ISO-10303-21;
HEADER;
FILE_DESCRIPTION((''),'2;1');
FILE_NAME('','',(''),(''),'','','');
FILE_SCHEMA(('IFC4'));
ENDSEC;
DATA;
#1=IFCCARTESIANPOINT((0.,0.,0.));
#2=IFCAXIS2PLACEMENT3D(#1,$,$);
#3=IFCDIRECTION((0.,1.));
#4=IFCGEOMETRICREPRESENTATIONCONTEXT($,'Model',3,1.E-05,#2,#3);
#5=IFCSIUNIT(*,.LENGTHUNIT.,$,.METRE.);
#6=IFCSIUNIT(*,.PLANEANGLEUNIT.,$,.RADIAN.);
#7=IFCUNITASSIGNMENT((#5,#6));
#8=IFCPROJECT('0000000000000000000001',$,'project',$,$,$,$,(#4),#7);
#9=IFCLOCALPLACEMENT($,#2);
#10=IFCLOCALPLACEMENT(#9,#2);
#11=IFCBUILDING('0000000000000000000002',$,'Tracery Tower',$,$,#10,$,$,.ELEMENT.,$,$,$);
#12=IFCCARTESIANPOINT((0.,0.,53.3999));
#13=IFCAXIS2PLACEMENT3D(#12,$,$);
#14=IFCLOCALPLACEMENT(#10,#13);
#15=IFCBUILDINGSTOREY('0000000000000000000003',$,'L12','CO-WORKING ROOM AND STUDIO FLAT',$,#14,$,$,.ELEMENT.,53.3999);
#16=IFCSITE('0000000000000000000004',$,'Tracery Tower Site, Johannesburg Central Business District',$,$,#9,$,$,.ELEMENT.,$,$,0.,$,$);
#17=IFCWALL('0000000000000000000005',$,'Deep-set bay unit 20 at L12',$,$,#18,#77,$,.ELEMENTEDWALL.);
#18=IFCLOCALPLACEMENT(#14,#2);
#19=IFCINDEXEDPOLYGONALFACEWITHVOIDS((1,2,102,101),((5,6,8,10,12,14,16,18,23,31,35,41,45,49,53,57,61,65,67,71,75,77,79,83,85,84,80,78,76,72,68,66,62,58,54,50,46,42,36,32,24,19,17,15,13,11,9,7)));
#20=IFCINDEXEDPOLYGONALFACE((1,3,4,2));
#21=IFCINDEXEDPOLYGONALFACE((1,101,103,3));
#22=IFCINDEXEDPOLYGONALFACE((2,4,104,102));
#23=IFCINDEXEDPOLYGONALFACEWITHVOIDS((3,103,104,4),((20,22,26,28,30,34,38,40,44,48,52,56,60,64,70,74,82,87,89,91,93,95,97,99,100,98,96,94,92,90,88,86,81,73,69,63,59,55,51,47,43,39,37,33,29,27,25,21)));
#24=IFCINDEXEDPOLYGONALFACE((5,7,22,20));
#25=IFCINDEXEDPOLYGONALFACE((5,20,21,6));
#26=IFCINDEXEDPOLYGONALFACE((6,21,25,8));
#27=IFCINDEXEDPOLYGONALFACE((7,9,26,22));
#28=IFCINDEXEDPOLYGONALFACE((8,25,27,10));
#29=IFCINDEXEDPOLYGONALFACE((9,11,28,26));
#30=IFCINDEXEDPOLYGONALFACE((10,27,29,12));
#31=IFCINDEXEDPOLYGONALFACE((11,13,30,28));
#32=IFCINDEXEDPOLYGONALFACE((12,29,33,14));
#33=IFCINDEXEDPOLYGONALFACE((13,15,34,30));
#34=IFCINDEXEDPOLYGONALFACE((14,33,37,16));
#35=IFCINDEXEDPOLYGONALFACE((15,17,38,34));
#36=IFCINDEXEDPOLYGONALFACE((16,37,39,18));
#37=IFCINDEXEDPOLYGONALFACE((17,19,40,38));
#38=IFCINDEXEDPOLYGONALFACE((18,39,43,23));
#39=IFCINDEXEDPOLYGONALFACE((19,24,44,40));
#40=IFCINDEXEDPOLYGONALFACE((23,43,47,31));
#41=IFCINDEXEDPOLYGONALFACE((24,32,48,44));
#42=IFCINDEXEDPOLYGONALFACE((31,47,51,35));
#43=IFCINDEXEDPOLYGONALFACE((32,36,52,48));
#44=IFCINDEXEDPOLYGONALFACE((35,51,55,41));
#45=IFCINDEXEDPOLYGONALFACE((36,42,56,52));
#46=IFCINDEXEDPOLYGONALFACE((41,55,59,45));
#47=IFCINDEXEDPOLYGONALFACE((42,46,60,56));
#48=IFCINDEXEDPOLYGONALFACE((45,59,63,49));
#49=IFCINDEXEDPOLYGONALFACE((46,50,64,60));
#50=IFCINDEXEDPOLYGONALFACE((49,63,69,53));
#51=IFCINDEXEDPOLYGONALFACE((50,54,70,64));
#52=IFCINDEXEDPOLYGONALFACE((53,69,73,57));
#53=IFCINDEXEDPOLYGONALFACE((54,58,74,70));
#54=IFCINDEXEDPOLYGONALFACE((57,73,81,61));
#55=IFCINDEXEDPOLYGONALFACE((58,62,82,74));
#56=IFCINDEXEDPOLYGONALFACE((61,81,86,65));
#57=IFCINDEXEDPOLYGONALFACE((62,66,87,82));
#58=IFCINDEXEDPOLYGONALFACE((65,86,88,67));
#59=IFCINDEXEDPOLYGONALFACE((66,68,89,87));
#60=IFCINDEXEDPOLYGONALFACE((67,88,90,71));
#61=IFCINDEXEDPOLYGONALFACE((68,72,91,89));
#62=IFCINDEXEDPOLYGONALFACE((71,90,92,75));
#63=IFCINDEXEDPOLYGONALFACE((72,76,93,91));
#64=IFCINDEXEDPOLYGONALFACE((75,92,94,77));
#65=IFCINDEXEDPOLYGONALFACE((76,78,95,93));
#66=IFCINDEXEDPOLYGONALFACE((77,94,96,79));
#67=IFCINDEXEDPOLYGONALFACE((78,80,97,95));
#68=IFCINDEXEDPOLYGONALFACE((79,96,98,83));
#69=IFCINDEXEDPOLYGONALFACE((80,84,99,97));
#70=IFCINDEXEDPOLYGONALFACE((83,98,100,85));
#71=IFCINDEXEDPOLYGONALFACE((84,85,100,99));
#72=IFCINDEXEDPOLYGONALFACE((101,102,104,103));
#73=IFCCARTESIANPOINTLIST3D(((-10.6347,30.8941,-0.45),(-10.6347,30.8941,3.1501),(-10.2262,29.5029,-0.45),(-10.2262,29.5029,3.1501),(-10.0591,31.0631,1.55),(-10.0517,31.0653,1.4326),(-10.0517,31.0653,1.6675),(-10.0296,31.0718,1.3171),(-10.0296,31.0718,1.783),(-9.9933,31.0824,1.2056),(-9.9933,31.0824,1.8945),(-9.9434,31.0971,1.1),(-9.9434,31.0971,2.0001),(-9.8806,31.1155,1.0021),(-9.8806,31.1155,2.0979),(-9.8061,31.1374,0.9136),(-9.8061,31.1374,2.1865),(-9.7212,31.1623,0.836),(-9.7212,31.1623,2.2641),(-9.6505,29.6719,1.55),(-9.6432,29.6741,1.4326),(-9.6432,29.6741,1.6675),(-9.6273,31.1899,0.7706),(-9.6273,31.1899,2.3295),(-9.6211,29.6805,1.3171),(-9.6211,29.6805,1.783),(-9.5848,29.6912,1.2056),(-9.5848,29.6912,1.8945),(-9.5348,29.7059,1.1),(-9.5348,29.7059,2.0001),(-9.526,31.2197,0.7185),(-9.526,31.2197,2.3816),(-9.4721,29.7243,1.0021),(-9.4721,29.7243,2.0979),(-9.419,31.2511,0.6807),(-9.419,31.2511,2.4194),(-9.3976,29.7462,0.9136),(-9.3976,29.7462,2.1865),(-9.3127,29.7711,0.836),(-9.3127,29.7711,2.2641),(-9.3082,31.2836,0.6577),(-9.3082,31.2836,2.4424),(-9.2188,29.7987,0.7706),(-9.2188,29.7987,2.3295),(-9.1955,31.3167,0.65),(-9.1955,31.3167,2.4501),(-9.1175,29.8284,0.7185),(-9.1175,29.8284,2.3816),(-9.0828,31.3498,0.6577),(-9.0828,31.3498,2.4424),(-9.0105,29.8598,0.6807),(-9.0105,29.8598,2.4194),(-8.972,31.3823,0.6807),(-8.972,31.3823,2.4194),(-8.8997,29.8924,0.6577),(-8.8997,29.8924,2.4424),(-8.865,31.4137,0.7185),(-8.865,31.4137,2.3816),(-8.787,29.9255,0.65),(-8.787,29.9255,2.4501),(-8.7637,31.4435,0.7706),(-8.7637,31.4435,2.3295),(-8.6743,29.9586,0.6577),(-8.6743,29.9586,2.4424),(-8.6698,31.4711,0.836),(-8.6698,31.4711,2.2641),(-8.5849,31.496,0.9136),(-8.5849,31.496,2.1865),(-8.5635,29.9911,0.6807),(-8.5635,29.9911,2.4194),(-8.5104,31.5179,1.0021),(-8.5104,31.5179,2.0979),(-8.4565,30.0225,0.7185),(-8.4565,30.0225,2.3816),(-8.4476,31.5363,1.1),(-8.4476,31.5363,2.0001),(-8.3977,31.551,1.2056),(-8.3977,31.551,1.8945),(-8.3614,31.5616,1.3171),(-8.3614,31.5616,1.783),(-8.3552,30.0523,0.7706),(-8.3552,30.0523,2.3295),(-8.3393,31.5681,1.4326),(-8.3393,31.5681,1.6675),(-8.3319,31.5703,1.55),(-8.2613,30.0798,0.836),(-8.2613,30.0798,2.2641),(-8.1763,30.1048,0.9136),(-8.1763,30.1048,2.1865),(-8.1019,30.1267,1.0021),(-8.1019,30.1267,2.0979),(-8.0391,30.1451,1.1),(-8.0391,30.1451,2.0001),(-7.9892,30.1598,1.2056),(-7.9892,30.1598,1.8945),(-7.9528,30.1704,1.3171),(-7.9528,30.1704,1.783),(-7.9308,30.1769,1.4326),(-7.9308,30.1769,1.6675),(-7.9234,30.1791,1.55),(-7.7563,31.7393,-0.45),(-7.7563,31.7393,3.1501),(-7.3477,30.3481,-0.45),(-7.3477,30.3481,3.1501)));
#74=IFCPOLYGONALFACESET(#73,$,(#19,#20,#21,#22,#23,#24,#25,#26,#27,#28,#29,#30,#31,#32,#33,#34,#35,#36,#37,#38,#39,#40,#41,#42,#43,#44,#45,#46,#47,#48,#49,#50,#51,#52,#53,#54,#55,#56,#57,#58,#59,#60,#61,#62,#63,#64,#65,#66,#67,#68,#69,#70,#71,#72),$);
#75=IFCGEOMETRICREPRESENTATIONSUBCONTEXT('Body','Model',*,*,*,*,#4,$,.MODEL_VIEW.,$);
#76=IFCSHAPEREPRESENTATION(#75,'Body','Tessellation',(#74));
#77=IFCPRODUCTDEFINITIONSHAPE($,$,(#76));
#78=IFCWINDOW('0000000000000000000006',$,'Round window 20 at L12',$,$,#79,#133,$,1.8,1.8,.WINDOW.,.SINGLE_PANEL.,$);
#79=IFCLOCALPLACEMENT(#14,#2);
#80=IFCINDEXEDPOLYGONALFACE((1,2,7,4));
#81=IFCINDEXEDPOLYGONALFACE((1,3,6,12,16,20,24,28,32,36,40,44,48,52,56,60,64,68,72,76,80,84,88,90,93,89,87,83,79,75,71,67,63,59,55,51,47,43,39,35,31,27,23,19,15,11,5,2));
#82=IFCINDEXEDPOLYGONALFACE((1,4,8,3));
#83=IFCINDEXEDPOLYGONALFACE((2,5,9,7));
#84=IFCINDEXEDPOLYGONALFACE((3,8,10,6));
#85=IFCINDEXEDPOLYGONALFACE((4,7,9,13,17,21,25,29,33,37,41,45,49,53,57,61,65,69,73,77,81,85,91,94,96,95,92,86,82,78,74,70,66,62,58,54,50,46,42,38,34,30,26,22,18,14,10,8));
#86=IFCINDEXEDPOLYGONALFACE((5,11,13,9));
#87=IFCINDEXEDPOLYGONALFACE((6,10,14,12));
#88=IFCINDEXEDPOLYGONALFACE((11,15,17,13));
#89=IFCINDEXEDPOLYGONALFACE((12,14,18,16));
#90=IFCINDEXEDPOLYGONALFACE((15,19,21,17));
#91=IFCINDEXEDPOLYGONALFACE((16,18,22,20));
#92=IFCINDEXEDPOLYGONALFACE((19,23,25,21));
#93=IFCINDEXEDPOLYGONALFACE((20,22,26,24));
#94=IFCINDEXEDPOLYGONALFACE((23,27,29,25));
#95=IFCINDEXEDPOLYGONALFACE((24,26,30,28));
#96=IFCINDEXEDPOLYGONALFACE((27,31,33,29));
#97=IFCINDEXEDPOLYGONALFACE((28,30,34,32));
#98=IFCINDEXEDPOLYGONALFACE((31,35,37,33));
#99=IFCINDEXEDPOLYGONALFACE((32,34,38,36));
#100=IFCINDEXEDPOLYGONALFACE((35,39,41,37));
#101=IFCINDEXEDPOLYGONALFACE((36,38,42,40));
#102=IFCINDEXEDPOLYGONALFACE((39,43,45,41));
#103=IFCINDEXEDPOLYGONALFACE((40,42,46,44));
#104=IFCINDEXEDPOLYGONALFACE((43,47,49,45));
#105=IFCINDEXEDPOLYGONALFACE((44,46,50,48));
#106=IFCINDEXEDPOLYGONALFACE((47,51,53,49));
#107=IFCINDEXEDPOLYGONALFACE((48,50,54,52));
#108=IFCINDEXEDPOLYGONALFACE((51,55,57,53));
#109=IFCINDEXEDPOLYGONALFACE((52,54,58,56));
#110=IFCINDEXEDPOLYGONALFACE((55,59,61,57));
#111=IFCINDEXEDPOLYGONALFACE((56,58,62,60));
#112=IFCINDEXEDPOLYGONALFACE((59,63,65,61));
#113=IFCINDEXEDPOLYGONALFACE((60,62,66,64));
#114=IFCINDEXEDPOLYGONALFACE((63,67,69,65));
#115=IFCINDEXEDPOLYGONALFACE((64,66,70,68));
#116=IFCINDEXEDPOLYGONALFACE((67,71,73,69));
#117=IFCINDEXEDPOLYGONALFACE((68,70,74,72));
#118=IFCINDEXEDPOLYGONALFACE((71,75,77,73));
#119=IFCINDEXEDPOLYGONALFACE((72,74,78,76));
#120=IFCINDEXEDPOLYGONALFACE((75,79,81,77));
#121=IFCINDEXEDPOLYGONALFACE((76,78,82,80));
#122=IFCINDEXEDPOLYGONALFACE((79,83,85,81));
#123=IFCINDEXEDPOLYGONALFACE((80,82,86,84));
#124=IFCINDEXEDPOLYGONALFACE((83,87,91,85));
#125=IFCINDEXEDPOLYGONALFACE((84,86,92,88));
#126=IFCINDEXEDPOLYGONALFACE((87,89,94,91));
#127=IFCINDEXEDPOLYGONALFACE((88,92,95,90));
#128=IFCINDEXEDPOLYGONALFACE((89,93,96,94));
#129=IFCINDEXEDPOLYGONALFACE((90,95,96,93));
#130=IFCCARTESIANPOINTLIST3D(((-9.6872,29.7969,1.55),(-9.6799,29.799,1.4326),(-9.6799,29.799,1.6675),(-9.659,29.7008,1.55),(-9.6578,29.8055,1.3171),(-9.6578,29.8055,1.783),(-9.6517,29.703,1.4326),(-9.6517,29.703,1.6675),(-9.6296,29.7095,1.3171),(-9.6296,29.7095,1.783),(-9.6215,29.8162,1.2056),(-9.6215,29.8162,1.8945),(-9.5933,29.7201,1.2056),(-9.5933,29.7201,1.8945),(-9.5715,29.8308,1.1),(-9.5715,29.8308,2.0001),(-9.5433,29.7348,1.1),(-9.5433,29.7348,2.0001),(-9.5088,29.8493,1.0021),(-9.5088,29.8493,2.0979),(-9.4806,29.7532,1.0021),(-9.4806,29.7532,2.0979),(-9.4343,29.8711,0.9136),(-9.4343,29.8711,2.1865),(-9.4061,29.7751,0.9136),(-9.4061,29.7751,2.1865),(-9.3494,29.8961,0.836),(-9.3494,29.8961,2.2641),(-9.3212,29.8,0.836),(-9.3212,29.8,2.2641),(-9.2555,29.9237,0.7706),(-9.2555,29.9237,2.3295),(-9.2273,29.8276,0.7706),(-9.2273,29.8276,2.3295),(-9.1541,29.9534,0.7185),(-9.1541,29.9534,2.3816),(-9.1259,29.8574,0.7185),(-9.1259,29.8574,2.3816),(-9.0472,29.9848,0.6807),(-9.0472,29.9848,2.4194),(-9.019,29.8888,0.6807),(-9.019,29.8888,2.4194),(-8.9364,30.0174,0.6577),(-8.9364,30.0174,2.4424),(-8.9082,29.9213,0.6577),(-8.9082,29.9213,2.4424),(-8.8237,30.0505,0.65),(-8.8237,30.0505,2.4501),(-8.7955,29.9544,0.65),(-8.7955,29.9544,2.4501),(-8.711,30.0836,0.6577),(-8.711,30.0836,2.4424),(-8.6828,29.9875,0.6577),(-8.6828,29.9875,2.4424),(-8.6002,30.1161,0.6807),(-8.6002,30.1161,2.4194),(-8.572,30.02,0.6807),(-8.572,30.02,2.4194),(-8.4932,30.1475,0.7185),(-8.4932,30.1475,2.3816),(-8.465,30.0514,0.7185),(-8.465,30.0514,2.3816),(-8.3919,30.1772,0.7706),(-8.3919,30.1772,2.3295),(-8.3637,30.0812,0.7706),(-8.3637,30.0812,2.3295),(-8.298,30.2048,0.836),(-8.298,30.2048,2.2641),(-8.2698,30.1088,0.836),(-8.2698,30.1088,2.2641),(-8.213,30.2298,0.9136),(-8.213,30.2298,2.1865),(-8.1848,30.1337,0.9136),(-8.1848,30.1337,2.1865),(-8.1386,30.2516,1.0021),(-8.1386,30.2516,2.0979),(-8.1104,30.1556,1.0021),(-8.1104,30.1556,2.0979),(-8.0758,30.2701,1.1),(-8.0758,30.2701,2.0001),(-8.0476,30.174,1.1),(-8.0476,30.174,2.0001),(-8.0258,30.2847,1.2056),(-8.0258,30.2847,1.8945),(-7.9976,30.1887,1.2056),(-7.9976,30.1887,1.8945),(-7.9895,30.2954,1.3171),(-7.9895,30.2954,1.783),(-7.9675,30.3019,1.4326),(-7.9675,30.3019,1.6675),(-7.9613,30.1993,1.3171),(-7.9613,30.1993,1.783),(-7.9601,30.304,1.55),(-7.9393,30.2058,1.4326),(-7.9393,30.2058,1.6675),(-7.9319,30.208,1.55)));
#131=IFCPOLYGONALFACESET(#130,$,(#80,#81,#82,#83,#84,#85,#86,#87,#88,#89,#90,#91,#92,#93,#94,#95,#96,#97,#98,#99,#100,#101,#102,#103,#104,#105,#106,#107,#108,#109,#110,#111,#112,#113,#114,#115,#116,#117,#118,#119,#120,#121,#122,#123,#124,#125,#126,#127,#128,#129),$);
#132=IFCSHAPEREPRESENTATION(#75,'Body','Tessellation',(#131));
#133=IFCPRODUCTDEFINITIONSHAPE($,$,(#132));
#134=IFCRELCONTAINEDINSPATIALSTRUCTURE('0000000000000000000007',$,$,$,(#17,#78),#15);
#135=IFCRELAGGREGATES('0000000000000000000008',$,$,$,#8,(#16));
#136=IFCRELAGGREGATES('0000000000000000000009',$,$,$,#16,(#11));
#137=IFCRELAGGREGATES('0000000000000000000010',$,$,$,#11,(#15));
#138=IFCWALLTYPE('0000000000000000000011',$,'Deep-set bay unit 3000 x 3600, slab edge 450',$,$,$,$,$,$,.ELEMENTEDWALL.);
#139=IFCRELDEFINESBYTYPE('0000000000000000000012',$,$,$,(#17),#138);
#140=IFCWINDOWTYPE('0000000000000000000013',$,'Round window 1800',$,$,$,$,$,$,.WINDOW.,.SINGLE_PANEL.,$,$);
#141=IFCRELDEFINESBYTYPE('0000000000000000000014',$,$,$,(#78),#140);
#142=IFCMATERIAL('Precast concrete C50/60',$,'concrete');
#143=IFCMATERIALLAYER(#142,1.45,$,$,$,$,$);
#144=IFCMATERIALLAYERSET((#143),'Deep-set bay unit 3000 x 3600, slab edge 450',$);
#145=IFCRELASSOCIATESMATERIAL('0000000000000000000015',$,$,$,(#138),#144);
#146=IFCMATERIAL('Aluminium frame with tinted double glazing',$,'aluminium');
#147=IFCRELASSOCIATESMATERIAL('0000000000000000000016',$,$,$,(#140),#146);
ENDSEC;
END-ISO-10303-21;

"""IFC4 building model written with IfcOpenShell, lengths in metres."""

from ifc_helpers import new_model, si_unit, direction, frame, frame_2d, origin, origin_2d, place, context, subcontext, project, spatial, rectangle, circle, extrude, material, layer, layer_set, type_object, element, fill, save


model = new_model("IFC4")

# Units and contexts
model_context = context("Model", 3, precision=1e-05, world=origin(), true_north=direction((0.0, 1.0)))
body_context = subcontext(model_context, "Body", "Model", "MODEL_VIEW")
ifc_project = project(units=[si_unit("LENGTHUNIT", "METRE"), si_unit("PLANEANGLEUNIT", "RADIAN")], contexts=[model_context])

# Site, building, storey
site_placement = place(None, origin())
site = spatial("IfcSite", under=ifc_project, at=site_placement, Name="Tracery Tower Site, Johannesburg Central Business District", CompositionType="ELEMENT", RefElevation=0.0)
building_placement = place(site_placement, origin())
building = spatial("IfcBuilding", under=site, at=building_placement, Name="Tracery Tower", CompositionType="ELEMENT")
storey_placement = place(building_placement, frame((0.0, 0.0, 53.3999)))
storey = spatial("IfcBuildingStorey", under=building, at=storey_placement, Name="L12", Description="CO-WORKING ROOM AND STUDIO FLAT", CompositionType="ELEMENT", Elevation=53.3999)

# Wall, opening, window
ifc_material_1 = material(Name="Precast concrete C50/60", Category="concrete")
ifc_layer_1 = layer(ifc_material_1, 1.45)
ifc_layer_set_1 = layer_set([ifc_layer_1], Name="Deep-set bay unit 3000 x 3600, slab edge 450")
wall_type_1 = type_object("IfcWallType", Name="Deep-set bay unit 3000 x 3600, slab edge 450", PredefinedType="ELEMENTEDWALL", material=ifc_layer_set_1)
wall_1_placement = place(storey_placement, frame((-7.552, 31.0437, -0.45), z_axis=(0.0, 0.0, 1.0), x_axis=(-0.95949, -0.281743, 0.0)))
wall_1 = element("IfcWall", 1, at=wall_1_placement, inside=storey, type_object=wall_type_1, Name="Deep-set bay unit 20 at L12", PredefinedType="ELEMENTEDWALL", context=body_context, shape_type="SweptSolid", body=[
    extrude(rectangle(XDim=3.0, YDim=1.45, at=frame_2d((1.5, 0.0))), origin(), (0.0, 0.0, 1.0), 3.6001),
])
opening_1_placement = place(wall_1_placement, frame((1.5, 0.0, 2.0)))
opening_1 = element("IfcOpeningElement", 2, at=opening_1_placement, cuts=wall_1, PredefinedType="OPENING", context=body_context, shape_type="SweptSolid", body=[
    extrude(circle(Radius=0.9, at=origin_2d()), frame((0.0, 0.7349, 0.0), z_axis=(0.0, -1.0, 0.0), x_axis=(1.0, 0.0, 0.0)), (0.0, 0.0, 1.0), 1.47),
])
ifc_material_2 = material(Name="Aluminium frame with tinted double glazing", Category="aluminium")
window_type = type_object("IfcWindowType", Name="Round window 1800", PartitioningType="SINGLE_PANEL", PredefinedType="WINDOW", material=ifc_material_2)
window_1_placement = place(opening_1_placement, origin())
window_1 = element("IfcWindow", 3, at=window_1_placement, inside=storey, type_object=window_type, Name="Round window 20 at L12", OverallHeight=1.8, OverallWidth=1.8, PartitioningType="SINGLE_PANEL", PredefinedType="WINDOW", context=body_context, shape_type="SweptSolid", body=[
    extrude(circle(Radius=0.9, at=origin_2d()), frame((0.0, 0.6948, 0.0), z_axis=(0.0, -1.0, 0.0), x_axis=(1.0, 0.0, 0.0)), (0.0, 0.0, 1.0), 0.1001),
])
fill(opening_1, window_1)

save(model, "model.ifc")
